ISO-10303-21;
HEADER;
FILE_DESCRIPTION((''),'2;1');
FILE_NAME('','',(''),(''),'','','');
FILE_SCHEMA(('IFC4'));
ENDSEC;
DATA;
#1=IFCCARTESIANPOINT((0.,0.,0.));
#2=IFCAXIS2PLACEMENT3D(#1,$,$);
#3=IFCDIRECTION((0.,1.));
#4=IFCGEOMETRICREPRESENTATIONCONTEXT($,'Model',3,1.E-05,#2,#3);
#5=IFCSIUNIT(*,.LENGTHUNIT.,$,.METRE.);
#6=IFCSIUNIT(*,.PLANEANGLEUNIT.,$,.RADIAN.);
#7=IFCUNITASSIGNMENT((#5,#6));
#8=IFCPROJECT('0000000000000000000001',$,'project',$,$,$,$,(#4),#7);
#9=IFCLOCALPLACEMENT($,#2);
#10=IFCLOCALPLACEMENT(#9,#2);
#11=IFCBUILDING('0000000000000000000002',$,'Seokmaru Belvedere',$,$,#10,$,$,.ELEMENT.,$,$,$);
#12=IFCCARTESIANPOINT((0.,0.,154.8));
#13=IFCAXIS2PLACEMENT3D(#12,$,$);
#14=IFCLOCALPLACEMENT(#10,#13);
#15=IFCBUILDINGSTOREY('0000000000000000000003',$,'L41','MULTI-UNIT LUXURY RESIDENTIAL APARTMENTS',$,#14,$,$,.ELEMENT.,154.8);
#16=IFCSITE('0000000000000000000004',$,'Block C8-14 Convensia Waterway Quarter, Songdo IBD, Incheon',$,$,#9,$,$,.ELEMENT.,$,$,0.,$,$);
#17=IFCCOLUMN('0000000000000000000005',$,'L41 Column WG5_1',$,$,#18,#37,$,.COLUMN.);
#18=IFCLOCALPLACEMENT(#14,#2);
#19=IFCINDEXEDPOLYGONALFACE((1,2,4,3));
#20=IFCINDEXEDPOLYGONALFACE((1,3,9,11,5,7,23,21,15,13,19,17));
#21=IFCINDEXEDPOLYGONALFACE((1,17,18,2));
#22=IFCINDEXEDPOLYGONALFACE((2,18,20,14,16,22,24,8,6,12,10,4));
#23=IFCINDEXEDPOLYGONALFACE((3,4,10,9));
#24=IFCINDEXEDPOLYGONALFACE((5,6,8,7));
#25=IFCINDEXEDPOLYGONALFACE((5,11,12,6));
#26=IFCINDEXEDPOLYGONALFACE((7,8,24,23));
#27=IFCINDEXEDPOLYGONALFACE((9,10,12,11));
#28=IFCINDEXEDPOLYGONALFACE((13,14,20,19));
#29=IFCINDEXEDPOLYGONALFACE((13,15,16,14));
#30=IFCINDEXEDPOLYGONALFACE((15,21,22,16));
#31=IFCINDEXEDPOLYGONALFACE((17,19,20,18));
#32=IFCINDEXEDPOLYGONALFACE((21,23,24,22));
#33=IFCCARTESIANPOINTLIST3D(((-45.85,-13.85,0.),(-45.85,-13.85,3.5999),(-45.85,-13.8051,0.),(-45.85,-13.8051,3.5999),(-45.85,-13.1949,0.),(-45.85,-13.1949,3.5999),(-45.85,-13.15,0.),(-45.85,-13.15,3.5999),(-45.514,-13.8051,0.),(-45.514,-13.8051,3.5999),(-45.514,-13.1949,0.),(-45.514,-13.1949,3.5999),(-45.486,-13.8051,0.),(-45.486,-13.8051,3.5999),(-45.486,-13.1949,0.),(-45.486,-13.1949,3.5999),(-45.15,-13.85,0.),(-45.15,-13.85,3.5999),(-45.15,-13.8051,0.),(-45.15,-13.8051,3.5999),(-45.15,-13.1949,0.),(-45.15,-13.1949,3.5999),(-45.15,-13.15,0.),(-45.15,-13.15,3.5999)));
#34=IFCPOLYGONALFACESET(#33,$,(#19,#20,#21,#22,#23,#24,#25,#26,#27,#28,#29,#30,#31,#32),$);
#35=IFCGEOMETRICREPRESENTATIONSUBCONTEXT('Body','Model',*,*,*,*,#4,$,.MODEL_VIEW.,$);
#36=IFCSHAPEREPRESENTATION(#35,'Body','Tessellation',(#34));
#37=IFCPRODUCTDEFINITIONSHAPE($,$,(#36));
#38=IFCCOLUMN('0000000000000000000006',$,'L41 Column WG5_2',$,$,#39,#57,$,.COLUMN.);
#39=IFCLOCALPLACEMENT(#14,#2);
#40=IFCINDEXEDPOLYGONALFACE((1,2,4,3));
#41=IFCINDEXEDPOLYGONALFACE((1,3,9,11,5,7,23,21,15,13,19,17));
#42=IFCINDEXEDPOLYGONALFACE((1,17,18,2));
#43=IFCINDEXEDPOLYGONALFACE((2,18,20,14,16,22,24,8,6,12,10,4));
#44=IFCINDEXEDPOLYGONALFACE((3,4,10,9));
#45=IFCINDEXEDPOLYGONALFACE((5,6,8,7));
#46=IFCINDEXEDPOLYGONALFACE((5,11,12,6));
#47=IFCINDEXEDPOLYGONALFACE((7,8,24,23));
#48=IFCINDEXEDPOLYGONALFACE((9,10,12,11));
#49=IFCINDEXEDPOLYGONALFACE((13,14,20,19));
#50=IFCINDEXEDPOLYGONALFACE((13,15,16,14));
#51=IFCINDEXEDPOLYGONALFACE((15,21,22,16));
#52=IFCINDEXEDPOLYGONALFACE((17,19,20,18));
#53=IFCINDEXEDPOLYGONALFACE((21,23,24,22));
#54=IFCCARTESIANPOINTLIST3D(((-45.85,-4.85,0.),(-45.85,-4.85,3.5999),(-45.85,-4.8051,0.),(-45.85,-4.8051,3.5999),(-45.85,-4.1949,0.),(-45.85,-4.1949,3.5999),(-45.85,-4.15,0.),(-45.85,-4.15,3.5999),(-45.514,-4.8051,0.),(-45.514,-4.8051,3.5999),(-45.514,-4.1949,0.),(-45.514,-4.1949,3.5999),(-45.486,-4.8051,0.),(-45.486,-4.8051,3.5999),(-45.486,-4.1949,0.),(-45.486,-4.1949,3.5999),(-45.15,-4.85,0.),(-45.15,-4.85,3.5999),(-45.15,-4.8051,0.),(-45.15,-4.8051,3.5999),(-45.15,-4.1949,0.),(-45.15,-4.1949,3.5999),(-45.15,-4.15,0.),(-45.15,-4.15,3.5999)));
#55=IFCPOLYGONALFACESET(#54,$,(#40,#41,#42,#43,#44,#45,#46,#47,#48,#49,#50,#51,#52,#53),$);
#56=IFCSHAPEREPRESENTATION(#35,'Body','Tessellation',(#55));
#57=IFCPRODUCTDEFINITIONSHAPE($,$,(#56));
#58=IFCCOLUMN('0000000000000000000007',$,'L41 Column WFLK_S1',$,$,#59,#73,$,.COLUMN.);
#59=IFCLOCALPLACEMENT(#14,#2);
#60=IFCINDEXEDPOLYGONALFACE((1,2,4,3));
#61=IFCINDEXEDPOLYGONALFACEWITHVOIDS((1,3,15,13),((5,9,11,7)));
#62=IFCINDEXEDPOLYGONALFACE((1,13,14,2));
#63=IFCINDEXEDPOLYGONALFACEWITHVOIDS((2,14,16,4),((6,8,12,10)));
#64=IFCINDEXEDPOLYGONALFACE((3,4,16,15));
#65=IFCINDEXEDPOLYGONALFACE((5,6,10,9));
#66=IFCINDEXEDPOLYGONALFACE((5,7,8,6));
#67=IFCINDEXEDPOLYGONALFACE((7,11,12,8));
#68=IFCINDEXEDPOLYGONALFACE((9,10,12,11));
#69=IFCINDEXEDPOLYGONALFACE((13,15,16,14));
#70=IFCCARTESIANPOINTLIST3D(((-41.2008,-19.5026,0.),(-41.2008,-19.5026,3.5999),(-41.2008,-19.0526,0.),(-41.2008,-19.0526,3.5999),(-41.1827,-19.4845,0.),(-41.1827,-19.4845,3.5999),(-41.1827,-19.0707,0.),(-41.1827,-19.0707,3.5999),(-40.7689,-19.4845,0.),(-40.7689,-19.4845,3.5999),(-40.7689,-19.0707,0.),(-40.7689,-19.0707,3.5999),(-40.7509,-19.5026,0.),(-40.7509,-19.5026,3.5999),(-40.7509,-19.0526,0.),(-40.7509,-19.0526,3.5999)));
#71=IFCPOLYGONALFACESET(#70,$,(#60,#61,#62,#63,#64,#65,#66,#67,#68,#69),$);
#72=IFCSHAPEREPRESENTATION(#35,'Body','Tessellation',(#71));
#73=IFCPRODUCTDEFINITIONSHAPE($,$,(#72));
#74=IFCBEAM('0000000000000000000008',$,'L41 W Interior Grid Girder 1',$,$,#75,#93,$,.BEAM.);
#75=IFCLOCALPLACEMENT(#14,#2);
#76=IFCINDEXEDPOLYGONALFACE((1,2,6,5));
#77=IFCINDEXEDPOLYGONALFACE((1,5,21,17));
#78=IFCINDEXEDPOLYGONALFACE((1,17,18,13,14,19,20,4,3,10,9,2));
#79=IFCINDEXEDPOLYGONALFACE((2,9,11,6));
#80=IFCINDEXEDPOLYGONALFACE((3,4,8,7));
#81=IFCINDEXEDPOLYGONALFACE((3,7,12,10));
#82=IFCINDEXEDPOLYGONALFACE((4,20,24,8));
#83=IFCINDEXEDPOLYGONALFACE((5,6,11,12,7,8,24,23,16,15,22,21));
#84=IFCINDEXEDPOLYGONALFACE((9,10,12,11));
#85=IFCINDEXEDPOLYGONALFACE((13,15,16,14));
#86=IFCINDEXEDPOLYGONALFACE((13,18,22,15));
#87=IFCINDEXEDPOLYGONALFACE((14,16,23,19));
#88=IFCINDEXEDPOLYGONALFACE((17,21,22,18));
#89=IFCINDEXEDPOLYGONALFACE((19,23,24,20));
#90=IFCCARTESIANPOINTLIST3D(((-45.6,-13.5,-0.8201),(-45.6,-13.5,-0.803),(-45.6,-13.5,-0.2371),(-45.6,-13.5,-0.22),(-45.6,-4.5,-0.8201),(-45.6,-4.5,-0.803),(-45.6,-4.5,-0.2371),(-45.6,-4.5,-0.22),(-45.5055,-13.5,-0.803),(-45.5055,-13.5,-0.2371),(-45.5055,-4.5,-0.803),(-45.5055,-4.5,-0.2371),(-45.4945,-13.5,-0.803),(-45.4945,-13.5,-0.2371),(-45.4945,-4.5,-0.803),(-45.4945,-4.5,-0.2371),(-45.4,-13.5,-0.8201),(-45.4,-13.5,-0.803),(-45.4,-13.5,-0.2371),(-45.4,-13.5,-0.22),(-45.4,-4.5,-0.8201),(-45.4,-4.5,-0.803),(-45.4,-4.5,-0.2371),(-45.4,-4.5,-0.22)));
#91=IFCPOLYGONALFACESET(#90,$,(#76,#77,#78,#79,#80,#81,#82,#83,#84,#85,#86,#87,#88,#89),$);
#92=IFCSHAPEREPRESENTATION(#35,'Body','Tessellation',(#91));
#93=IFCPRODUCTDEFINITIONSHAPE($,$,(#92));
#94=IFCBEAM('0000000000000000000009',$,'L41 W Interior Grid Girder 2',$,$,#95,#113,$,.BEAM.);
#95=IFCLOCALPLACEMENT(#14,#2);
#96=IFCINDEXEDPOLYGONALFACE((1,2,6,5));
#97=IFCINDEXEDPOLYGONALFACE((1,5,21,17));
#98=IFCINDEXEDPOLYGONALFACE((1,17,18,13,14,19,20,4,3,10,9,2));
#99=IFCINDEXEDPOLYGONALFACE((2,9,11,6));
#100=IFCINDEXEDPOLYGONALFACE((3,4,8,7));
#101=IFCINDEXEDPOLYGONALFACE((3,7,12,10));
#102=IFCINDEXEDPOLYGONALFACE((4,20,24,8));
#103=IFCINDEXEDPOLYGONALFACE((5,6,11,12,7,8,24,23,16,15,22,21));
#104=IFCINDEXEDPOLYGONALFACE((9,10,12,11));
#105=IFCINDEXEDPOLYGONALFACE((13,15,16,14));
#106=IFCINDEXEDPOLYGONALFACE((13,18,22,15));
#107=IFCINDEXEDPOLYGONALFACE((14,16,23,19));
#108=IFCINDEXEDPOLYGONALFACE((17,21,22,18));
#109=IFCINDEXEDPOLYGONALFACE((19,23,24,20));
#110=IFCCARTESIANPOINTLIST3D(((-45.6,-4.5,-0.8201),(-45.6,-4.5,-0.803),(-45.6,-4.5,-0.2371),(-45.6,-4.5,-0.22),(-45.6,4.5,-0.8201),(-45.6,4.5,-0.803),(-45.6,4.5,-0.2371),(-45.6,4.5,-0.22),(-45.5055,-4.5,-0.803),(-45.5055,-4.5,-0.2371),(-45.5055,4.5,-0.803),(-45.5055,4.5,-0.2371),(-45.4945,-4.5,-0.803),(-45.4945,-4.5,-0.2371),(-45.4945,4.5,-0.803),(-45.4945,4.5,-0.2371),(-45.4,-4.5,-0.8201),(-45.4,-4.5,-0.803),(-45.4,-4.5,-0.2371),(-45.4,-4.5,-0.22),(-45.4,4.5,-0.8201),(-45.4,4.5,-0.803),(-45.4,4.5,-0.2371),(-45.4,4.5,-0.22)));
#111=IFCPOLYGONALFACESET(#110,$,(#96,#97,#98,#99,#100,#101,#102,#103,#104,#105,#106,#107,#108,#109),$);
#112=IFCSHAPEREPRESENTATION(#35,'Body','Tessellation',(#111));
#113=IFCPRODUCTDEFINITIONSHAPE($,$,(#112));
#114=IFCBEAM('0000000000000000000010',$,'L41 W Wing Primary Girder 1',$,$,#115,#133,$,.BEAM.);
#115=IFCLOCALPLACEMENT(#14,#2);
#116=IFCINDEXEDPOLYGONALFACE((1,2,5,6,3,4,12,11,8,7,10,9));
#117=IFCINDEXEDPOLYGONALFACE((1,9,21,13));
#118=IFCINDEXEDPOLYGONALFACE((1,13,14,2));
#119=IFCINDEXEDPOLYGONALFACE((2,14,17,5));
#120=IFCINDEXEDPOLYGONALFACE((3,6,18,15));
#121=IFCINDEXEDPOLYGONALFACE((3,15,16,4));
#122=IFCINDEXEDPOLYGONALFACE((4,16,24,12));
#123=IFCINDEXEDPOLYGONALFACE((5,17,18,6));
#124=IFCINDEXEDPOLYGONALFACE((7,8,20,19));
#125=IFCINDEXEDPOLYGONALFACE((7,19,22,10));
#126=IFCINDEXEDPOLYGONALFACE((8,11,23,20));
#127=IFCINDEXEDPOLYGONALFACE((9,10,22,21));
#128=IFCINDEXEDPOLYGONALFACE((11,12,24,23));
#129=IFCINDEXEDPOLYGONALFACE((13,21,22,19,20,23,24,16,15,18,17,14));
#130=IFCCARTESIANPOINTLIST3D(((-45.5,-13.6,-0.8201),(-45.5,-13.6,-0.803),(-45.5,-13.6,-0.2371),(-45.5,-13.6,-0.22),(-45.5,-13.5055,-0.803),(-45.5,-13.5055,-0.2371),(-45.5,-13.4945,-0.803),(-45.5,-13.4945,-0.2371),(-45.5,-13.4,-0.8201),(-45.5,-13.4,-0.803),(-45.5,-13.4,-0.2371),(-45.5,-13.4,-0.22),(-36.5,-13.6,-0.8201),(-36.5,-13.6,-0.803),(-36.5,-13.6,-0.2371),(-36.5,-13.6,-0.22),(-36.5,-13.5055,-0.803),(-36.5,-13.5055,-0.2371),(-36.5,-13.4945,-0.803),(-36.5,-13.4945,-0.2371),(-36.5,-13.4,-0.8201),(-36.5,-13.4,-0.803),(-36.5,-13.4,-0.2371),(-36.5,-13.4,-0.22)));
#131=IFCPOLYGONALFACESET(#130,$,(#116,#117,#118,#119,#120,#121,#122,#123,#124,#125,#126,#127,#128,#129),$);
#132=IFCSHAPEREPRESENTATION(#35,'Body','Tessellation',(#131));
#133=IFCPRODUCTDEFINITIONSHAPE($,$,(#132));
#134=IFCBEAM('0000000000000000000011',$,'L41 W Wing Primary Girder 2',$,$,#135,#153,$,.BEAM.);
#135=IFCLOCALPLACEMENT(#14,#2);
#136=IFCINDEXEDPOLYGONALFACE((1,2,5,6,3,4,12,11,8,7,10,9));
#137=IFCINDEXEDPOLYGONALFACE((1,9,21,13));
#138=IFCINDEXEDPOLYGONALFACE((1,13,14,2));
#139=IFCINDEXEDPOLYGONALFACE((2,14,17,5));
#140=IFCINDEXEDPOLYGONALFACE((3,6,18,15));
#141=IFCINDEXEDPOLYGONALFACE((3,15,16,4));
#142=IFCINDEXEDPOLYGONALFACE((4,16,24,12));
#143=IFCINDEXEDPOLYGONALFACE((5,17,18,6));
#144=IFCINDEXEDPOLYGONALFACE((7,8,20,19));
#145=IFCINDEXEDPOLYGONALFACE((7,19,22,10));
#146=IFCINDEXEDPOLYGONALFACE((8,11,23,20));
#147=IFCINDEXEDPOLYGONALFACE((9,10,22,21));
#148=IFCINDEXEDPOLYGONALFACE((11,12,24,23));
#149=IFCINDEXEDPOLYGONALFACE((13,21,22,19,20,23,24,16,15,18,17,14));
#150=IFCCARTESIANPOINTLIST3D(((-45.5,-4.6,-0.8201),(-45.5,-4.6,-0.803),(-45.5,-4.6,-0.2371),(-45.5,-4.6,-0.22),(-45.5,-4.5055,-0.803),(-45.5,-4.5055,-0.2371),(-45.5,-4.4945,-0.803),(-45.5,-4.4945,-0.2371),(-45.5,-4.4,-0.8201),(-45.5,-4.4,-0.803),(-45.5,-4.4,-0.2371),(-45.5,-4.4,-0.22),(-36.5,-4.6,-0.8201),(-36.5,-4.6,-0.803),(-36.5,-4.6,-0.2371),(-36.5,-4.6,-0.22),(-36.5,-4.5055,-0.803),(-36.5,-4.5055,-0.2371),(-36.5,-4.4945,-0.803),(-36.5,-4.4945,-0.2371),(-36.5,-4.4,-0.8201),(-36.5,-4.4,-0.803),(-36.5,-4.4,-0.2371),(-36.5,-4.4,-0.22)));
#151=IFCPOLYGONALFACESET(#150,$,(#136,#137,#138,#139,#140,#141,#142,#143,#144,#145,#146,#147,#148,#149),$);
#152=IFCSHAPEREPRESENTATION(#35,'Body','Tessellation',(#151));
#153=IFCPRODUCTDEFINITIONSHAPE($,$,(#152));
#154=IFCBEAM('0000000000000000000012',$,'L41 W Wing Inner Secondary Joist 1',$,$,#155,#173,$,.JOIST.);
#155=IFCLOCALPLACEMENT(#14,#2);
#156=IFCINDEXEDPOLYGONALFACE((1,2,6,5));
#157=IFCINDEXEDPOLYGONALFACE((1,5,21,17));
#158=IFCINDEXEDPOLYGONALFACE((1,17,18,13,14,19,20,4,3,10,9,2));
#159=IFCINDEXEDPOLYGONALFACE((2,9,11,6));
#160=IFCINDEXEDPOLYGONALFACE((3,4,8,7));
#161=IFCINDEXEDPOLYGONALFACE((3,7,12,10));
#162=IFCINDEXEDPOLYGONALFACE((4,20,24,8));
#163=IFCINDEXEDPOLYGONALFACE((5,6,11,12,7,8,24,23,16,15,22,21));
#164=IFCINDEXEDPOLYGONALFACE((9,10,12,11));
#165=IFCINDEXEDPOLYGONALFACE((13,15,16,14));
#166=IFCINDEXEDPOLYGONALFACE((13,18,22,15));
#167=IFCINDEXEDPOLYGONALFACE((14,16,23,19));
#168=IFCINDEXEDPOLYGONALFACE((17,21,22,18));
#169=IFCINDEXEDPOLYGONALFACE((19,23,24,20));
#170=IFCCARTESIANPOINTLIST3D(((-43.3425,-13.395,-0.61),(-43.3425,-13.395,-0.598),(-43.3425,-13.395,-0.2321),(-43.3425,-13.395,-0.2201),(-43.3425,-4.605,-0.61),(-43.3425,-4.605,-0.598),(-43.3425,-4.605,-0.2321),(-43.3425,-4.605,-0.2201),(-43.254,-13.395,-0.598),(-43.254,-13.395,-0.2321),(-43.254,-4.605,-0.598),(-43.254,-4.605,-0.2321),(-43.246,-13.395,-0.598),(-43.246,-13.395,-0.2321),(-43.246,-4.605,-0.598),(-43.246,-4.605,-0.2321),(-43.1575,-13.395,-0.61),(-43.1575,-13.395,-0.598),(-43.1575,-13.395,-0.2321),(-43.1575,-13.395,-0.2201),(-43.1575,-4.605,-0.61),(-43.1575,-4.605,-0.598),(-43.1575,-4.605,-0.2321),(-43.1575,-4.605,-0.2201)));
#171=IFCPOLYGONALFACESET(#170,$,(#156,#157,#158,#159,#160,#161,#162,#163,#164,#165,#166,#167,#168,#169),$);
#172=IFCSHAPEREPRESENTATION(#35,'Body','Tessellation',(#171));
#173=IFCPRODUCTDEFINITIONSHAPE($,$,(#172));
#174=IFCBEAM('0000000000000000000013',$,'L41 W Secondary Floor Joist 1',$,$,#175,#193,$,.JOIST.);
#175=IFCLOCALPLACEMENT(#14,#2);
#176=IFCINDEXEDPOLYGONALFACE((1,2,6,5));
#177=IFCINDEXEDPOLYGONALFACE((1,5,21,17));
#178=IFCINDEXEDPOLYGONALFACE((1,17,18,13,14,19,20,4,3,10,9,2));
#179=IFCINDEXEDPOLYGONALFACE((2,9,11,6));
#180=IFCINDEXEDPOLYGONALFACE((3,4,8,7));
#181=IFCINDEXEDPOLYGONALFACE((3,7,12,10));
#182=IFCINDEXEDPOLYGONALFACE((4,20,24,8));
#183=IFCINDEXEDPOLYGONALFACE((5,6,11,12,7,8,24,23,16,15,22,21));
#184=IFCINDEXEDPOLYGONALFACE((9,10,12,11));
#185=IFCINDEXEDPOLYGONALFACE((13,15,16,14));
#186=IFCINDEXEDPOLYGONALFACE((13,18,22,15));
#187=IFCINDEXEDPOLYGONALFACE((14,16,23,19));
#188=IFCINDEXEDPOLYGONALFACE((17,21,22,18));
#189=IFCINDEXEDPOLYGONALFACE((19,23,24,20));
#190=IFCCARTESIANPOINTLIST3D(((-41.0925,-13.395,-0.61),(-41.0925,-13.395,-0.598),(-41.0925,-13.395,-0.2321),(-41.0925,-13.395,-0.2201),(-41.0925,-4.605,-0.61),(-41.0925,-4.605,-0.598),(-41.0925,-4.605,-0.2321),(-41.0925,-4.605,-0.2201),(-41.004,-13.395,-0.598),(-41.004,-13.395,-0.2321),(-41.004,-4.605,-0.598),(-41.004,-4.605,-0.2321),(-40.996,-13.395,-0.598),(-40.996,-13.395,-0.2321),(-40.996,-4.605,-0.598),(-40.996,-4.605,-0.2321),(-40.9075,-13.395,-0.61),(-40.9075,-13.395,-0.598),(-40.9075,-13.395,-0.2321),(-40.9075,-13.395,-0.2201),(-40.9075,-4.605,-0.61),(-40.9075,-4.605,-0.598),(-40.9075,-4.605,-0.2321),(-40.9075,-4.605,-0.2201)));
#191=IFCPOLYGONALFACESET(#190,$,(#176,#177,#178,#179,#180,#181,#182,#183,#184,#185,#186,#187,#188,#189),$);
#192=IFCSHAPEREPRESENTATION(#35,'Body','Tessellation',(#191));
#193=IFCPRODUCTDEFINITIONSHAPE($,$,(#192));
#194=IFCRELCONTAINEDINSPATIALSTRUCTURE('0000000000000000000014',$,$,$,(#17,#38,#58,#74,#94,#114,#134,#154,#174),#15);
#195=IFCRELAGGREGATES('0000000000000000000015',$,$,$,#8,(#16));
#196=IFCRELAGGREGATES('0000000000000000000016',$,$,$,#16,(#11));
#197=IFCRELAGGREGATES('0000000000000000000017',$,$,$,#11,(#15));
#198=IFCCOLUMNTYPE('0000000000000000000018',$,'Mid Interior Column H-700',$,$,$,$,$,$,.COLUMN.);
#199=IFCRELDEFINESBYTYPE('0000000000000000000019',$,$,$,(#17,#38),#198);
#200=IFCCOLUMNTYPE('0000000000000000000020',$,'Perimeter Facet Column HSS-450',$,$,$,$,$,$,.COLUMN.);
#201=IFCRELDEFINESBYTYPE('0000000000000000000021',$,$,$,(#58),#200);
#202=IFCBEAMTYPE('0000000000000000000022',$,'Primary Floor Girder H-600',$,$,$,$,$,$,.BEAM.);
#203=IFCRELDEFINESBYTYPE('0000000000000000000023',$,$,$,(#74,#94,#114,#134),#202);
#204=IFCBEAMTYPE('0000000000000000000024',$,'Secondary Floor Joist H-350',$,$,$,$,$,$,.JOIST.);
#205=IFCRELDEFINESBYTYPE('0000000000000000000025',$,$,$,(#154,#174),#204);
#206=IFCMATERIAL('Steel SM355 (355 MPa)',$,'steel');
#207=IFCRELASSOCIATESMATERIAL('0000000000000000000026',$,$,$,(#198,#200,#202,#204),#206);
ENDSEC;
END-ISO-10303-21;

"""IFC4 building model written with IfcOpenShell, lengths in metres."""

from ifc_helpers import new_model, si_unit, direction, frame, origin, origin_2d, place, context, subcontext, project, spatial, hollow_rectangle, i_section, extrude, source, transform, mapped, material, material_profile, profile_set, type_object, type_shapes, element, save


model = new_model("IFC4")

# Units and contexts
model_context = context("Model", 3, precision=1e-05, world=origin(), true_north=direction((0.0, 1.0)))
body_context = subcontext(model_context, "Body", "Model", "MODEL_VIEW")
ifc_project = project(units=[si_unit("LENGTHUNIT", "METRE"), si_unit("PLANEANGLEUNIT", "RADIAN")], contexts=[model_context])

# Site, building, storey
site_placement = place(None, origin())
site = spatial("IfcSite", under=ifc_project, at=site_placement, Name="Block C8-14 Convensia Waterway Quarter, Songdo IBD, Incheon", CompositionType="ELEMENT", RefElevation=0.0)
building_placement = place(site_placement, origin())
building = spatial("IfcBuilding", under=site, at=building_placement, Name="Seokmaru Belvedere", CompositionType="ELEMENT")
storey_placement = place(building_placement, frame((0.0, 0.0, 154.8)))
storey = spatial("IfcBuildingStorey", under=building, at=storey_placement, Name="L41", Description="MULTI-UNIT LUXURY RESIDENTIAL APARTMENTS", CompositionType="ELEMENT", Elevation=154.8)

# Columns
ifc_material_1 = material(Name="Steel SM355 (355 MPa)", Category="steel")
ifc_material_profile_1 = material_profile(ifc_material_1, i_section(OverallWidth=0.7, OverallDepth=0.7, WebThickness=0.0281, FlangeThickness=0.0449, at=origin_2d()), Name="H-700x700x28x45")
ifc_profile_set_1 = profile_set([ifc_material_profile_1], Name="Steel SM355 (355 MPa)")
column_type_1 = type_object("IfcColumnType", Name="Mid Interior Column H-700", PredefinedType="COLUMN", material=ifc_profile_set_1)
shared_shape_1 = source(origin(), body_context, "Body", "SweptSolid", [
    extrude(i_section(OverallWidth=0.7, OverallDepth=0.7, WebThickness=0.0281, FlangeThickness=0.0449, at=origin_2d()), origin(), (0.0, 0.0, 1.0), 3.5999),
])
type_shapes(column_type_1, [shared_shape_1])
for number, where, z_axis, x_axis, name in (
    (1, (-45.5, -13.5, 0.0), (0.0, 0.0, 1.0), (1.0, 0.0, 0.0), "L41 Column WG5_1"),
    (2, (-45.5, -4.5, 0.0), (0.0, 0.0, 1.0), (1.0, 0.0, 0.0), "L41 Column WG5_2"),
):
    element("IfcColumn", number, at=place(storey_placement, frame(where, z_axis=z_axis, x_axis=x_axis)), inside=storey, type_object=column_type_1, Name=name, PredefinedType="COLUMN", context=body_context, shape_type="MappedRepresentation", body=[
        mapped(shared_shape_1, transform((0.0, 0.0, 0.0), scale=1.0)),
    ])
ifc_material_profile_2 = material_profile(ifc_material_1, hollow_rectangle(XDim=0.45, YDim=0.45, WallThickness=0.0181, at=origin_2d()), Name="HSS-450x450x18")
ifc_profile_set_2 = profile_set([ifc_material_profile_2], Name="Steel SM355 (355 MPa)")
column_type_2 = type_object("IfcColumnType", Name="Perimeter Facet Column HSS-450", PredefinedType="COLUMN", material=ifc_profile_set_2)
shared_shape_2 = source(origin(), body_context, "Body", "SweptSolid", [
    extrude(hollow_rectangle(XDim=0.45, YDim=0.45, WallThickness=0.0181, at=origin_2d()), origin(), (0.0, 0.0, 1.0), 3.5999),
])
type_shapes(column_type_2, [shared_shape_2])
column_placement = place(storey_placement, frame((-40.9758, -19.2776, 0.0), z_axis=(0.0, 0.0, 1.0), x_axis=(1.0, 0.0, 0.0)))
element("IfcColumn", 3, at=column_placement, inside=storey, type_object=column_type_2, Name="L41 Column WFLK_S1", PredefinedType="COLUMN", context=body_context, shape_type="MappedRepresentation", body=[
    mapped(shared_shape_2, transform((0.0, 0.0, 0.0), scale=1.0)),
])

# Beams
ifc_material_profile_3 = material_profile(ifc_material_1, i_section(OverallWidth=0.2, OverallDepth=0.6001, WebThickness=0.011, FlangeThickness=0.0171, at=origin_2d()), Name="H-600x200x11x17")
ifc_profile_set_3 = profile_set([ifc_material_profile_3], Name="Steel SM355 (355 MPa)")
beam_type_1 = type_object("IfcBeamType", Name="Primary Floor Girder H-600", PredefinedType="BEAM", material=ifc_profile_set_3)
shared_shape_3 = source(origin(), body_context, "Body", "SweptSolid", [
    extrude(i_section(OverallWidth=0.2, OverallDepth=0.6001, WebThickness=0.011, FlangeThickness=0.0171, at=origin_2d()), origin(), (0.0, 0.0, 1.0), 9.0),
])
for number, where, z_axis, x_axis, name in (
    (4, (-45.5, -13.5, -0.52), (0.0, 1.0, 0.0), (-1.0, 0.0, 0.0), "L41 W Interior Grid Girder 1"),
    (5, (-45.5, -4.5, -0.52), (0.0, 1.0, 0.0), (-1.0, 0.0, 0.0), "L41 W Interior Grid Girder 2"),
    (6, (-45.5, -13.5, -0.52), (1.0, 0.0, 0.0), (0.0, 1.0, 0.0), "L41 W Wing Primary Girder 1"),
    (7, (-45.5, -4.5, -0.52), (1.0, 0.0, 0.0), (0.0, 1.0, 0.0), "L41 W Wing Primary Girder 2"),
):
    element("IfcBeam", number, at=place(storey_placement, frame(where, z_axis=z_axis, x_axis=x_axis)), inside=storey, type_object=beam_type_1, Name=name, PredefinedType="BEAM", context=body_context, shape_type="MappedRepresentation", body=[
        mapped(shared_shape_3, transform((0.0, 0.0, 0.0), scale=1.0)),
    ])
ifc_material_profile_4 = material_profile(ifc_material_1, i_section(OverallWidth=0.1851, OverallDepth=0.3899, WebThickness=0.0081, FlangeThickness=0.012, at=origin_2d()), Name="H-390x185x8x12")
ifc_profile_set_4 = profile_set([ifc_material_profile_4], Name="Steel SM355 (355 MPa)")
beam_type_2 = type_object("IfcBeamType", Name="Secondary Floor Joist H-350", PredefinedType="JOIST", material=ifc_profile_set_4)
shared_shape_4 = source(origin(), body_context, "Body", "SweptSolid", [
    extrude(i_section(OverallWidth=0.1851, OverallDepth=0.3899, WebThickness=0.0081, FlangeThickness=0.012, at=origin_2d()), origin(), (0.0, 0.0, 1.0), 8.79),
])
type_shapes(beam_type_2, [shared_shape_4])
for number, where, z_axis, x_axis, name in (
    (8, (-43.25, -13.395, -0.415), (0.0, 1.0, 0.0), (-1.0, 0.0, 0.0), "L41 W Wing Inner Secondary Joist 1"),
    (9, (-41.0, -13.395, -0.415), (0.0, 1.0, 0.0), (-1.0, 0.0, 0.0), "L41 W Secondary Floor Joist 1"),
):
    element("IfcBeam", number, at=place(storey_placement, frame(where, z_axis=z_axis, x_axis=x_axis)), inside=storey, type_object=beam_type_2, Name=name, PredefinedType="JOIST", context=body_context, shape_type="MappedRepresentation", body=[
        mapped(shared_shape_4, transform((0.0, 0.0, 0.0), scale=1.0)),
    ])

save(model, "model.ifc")
